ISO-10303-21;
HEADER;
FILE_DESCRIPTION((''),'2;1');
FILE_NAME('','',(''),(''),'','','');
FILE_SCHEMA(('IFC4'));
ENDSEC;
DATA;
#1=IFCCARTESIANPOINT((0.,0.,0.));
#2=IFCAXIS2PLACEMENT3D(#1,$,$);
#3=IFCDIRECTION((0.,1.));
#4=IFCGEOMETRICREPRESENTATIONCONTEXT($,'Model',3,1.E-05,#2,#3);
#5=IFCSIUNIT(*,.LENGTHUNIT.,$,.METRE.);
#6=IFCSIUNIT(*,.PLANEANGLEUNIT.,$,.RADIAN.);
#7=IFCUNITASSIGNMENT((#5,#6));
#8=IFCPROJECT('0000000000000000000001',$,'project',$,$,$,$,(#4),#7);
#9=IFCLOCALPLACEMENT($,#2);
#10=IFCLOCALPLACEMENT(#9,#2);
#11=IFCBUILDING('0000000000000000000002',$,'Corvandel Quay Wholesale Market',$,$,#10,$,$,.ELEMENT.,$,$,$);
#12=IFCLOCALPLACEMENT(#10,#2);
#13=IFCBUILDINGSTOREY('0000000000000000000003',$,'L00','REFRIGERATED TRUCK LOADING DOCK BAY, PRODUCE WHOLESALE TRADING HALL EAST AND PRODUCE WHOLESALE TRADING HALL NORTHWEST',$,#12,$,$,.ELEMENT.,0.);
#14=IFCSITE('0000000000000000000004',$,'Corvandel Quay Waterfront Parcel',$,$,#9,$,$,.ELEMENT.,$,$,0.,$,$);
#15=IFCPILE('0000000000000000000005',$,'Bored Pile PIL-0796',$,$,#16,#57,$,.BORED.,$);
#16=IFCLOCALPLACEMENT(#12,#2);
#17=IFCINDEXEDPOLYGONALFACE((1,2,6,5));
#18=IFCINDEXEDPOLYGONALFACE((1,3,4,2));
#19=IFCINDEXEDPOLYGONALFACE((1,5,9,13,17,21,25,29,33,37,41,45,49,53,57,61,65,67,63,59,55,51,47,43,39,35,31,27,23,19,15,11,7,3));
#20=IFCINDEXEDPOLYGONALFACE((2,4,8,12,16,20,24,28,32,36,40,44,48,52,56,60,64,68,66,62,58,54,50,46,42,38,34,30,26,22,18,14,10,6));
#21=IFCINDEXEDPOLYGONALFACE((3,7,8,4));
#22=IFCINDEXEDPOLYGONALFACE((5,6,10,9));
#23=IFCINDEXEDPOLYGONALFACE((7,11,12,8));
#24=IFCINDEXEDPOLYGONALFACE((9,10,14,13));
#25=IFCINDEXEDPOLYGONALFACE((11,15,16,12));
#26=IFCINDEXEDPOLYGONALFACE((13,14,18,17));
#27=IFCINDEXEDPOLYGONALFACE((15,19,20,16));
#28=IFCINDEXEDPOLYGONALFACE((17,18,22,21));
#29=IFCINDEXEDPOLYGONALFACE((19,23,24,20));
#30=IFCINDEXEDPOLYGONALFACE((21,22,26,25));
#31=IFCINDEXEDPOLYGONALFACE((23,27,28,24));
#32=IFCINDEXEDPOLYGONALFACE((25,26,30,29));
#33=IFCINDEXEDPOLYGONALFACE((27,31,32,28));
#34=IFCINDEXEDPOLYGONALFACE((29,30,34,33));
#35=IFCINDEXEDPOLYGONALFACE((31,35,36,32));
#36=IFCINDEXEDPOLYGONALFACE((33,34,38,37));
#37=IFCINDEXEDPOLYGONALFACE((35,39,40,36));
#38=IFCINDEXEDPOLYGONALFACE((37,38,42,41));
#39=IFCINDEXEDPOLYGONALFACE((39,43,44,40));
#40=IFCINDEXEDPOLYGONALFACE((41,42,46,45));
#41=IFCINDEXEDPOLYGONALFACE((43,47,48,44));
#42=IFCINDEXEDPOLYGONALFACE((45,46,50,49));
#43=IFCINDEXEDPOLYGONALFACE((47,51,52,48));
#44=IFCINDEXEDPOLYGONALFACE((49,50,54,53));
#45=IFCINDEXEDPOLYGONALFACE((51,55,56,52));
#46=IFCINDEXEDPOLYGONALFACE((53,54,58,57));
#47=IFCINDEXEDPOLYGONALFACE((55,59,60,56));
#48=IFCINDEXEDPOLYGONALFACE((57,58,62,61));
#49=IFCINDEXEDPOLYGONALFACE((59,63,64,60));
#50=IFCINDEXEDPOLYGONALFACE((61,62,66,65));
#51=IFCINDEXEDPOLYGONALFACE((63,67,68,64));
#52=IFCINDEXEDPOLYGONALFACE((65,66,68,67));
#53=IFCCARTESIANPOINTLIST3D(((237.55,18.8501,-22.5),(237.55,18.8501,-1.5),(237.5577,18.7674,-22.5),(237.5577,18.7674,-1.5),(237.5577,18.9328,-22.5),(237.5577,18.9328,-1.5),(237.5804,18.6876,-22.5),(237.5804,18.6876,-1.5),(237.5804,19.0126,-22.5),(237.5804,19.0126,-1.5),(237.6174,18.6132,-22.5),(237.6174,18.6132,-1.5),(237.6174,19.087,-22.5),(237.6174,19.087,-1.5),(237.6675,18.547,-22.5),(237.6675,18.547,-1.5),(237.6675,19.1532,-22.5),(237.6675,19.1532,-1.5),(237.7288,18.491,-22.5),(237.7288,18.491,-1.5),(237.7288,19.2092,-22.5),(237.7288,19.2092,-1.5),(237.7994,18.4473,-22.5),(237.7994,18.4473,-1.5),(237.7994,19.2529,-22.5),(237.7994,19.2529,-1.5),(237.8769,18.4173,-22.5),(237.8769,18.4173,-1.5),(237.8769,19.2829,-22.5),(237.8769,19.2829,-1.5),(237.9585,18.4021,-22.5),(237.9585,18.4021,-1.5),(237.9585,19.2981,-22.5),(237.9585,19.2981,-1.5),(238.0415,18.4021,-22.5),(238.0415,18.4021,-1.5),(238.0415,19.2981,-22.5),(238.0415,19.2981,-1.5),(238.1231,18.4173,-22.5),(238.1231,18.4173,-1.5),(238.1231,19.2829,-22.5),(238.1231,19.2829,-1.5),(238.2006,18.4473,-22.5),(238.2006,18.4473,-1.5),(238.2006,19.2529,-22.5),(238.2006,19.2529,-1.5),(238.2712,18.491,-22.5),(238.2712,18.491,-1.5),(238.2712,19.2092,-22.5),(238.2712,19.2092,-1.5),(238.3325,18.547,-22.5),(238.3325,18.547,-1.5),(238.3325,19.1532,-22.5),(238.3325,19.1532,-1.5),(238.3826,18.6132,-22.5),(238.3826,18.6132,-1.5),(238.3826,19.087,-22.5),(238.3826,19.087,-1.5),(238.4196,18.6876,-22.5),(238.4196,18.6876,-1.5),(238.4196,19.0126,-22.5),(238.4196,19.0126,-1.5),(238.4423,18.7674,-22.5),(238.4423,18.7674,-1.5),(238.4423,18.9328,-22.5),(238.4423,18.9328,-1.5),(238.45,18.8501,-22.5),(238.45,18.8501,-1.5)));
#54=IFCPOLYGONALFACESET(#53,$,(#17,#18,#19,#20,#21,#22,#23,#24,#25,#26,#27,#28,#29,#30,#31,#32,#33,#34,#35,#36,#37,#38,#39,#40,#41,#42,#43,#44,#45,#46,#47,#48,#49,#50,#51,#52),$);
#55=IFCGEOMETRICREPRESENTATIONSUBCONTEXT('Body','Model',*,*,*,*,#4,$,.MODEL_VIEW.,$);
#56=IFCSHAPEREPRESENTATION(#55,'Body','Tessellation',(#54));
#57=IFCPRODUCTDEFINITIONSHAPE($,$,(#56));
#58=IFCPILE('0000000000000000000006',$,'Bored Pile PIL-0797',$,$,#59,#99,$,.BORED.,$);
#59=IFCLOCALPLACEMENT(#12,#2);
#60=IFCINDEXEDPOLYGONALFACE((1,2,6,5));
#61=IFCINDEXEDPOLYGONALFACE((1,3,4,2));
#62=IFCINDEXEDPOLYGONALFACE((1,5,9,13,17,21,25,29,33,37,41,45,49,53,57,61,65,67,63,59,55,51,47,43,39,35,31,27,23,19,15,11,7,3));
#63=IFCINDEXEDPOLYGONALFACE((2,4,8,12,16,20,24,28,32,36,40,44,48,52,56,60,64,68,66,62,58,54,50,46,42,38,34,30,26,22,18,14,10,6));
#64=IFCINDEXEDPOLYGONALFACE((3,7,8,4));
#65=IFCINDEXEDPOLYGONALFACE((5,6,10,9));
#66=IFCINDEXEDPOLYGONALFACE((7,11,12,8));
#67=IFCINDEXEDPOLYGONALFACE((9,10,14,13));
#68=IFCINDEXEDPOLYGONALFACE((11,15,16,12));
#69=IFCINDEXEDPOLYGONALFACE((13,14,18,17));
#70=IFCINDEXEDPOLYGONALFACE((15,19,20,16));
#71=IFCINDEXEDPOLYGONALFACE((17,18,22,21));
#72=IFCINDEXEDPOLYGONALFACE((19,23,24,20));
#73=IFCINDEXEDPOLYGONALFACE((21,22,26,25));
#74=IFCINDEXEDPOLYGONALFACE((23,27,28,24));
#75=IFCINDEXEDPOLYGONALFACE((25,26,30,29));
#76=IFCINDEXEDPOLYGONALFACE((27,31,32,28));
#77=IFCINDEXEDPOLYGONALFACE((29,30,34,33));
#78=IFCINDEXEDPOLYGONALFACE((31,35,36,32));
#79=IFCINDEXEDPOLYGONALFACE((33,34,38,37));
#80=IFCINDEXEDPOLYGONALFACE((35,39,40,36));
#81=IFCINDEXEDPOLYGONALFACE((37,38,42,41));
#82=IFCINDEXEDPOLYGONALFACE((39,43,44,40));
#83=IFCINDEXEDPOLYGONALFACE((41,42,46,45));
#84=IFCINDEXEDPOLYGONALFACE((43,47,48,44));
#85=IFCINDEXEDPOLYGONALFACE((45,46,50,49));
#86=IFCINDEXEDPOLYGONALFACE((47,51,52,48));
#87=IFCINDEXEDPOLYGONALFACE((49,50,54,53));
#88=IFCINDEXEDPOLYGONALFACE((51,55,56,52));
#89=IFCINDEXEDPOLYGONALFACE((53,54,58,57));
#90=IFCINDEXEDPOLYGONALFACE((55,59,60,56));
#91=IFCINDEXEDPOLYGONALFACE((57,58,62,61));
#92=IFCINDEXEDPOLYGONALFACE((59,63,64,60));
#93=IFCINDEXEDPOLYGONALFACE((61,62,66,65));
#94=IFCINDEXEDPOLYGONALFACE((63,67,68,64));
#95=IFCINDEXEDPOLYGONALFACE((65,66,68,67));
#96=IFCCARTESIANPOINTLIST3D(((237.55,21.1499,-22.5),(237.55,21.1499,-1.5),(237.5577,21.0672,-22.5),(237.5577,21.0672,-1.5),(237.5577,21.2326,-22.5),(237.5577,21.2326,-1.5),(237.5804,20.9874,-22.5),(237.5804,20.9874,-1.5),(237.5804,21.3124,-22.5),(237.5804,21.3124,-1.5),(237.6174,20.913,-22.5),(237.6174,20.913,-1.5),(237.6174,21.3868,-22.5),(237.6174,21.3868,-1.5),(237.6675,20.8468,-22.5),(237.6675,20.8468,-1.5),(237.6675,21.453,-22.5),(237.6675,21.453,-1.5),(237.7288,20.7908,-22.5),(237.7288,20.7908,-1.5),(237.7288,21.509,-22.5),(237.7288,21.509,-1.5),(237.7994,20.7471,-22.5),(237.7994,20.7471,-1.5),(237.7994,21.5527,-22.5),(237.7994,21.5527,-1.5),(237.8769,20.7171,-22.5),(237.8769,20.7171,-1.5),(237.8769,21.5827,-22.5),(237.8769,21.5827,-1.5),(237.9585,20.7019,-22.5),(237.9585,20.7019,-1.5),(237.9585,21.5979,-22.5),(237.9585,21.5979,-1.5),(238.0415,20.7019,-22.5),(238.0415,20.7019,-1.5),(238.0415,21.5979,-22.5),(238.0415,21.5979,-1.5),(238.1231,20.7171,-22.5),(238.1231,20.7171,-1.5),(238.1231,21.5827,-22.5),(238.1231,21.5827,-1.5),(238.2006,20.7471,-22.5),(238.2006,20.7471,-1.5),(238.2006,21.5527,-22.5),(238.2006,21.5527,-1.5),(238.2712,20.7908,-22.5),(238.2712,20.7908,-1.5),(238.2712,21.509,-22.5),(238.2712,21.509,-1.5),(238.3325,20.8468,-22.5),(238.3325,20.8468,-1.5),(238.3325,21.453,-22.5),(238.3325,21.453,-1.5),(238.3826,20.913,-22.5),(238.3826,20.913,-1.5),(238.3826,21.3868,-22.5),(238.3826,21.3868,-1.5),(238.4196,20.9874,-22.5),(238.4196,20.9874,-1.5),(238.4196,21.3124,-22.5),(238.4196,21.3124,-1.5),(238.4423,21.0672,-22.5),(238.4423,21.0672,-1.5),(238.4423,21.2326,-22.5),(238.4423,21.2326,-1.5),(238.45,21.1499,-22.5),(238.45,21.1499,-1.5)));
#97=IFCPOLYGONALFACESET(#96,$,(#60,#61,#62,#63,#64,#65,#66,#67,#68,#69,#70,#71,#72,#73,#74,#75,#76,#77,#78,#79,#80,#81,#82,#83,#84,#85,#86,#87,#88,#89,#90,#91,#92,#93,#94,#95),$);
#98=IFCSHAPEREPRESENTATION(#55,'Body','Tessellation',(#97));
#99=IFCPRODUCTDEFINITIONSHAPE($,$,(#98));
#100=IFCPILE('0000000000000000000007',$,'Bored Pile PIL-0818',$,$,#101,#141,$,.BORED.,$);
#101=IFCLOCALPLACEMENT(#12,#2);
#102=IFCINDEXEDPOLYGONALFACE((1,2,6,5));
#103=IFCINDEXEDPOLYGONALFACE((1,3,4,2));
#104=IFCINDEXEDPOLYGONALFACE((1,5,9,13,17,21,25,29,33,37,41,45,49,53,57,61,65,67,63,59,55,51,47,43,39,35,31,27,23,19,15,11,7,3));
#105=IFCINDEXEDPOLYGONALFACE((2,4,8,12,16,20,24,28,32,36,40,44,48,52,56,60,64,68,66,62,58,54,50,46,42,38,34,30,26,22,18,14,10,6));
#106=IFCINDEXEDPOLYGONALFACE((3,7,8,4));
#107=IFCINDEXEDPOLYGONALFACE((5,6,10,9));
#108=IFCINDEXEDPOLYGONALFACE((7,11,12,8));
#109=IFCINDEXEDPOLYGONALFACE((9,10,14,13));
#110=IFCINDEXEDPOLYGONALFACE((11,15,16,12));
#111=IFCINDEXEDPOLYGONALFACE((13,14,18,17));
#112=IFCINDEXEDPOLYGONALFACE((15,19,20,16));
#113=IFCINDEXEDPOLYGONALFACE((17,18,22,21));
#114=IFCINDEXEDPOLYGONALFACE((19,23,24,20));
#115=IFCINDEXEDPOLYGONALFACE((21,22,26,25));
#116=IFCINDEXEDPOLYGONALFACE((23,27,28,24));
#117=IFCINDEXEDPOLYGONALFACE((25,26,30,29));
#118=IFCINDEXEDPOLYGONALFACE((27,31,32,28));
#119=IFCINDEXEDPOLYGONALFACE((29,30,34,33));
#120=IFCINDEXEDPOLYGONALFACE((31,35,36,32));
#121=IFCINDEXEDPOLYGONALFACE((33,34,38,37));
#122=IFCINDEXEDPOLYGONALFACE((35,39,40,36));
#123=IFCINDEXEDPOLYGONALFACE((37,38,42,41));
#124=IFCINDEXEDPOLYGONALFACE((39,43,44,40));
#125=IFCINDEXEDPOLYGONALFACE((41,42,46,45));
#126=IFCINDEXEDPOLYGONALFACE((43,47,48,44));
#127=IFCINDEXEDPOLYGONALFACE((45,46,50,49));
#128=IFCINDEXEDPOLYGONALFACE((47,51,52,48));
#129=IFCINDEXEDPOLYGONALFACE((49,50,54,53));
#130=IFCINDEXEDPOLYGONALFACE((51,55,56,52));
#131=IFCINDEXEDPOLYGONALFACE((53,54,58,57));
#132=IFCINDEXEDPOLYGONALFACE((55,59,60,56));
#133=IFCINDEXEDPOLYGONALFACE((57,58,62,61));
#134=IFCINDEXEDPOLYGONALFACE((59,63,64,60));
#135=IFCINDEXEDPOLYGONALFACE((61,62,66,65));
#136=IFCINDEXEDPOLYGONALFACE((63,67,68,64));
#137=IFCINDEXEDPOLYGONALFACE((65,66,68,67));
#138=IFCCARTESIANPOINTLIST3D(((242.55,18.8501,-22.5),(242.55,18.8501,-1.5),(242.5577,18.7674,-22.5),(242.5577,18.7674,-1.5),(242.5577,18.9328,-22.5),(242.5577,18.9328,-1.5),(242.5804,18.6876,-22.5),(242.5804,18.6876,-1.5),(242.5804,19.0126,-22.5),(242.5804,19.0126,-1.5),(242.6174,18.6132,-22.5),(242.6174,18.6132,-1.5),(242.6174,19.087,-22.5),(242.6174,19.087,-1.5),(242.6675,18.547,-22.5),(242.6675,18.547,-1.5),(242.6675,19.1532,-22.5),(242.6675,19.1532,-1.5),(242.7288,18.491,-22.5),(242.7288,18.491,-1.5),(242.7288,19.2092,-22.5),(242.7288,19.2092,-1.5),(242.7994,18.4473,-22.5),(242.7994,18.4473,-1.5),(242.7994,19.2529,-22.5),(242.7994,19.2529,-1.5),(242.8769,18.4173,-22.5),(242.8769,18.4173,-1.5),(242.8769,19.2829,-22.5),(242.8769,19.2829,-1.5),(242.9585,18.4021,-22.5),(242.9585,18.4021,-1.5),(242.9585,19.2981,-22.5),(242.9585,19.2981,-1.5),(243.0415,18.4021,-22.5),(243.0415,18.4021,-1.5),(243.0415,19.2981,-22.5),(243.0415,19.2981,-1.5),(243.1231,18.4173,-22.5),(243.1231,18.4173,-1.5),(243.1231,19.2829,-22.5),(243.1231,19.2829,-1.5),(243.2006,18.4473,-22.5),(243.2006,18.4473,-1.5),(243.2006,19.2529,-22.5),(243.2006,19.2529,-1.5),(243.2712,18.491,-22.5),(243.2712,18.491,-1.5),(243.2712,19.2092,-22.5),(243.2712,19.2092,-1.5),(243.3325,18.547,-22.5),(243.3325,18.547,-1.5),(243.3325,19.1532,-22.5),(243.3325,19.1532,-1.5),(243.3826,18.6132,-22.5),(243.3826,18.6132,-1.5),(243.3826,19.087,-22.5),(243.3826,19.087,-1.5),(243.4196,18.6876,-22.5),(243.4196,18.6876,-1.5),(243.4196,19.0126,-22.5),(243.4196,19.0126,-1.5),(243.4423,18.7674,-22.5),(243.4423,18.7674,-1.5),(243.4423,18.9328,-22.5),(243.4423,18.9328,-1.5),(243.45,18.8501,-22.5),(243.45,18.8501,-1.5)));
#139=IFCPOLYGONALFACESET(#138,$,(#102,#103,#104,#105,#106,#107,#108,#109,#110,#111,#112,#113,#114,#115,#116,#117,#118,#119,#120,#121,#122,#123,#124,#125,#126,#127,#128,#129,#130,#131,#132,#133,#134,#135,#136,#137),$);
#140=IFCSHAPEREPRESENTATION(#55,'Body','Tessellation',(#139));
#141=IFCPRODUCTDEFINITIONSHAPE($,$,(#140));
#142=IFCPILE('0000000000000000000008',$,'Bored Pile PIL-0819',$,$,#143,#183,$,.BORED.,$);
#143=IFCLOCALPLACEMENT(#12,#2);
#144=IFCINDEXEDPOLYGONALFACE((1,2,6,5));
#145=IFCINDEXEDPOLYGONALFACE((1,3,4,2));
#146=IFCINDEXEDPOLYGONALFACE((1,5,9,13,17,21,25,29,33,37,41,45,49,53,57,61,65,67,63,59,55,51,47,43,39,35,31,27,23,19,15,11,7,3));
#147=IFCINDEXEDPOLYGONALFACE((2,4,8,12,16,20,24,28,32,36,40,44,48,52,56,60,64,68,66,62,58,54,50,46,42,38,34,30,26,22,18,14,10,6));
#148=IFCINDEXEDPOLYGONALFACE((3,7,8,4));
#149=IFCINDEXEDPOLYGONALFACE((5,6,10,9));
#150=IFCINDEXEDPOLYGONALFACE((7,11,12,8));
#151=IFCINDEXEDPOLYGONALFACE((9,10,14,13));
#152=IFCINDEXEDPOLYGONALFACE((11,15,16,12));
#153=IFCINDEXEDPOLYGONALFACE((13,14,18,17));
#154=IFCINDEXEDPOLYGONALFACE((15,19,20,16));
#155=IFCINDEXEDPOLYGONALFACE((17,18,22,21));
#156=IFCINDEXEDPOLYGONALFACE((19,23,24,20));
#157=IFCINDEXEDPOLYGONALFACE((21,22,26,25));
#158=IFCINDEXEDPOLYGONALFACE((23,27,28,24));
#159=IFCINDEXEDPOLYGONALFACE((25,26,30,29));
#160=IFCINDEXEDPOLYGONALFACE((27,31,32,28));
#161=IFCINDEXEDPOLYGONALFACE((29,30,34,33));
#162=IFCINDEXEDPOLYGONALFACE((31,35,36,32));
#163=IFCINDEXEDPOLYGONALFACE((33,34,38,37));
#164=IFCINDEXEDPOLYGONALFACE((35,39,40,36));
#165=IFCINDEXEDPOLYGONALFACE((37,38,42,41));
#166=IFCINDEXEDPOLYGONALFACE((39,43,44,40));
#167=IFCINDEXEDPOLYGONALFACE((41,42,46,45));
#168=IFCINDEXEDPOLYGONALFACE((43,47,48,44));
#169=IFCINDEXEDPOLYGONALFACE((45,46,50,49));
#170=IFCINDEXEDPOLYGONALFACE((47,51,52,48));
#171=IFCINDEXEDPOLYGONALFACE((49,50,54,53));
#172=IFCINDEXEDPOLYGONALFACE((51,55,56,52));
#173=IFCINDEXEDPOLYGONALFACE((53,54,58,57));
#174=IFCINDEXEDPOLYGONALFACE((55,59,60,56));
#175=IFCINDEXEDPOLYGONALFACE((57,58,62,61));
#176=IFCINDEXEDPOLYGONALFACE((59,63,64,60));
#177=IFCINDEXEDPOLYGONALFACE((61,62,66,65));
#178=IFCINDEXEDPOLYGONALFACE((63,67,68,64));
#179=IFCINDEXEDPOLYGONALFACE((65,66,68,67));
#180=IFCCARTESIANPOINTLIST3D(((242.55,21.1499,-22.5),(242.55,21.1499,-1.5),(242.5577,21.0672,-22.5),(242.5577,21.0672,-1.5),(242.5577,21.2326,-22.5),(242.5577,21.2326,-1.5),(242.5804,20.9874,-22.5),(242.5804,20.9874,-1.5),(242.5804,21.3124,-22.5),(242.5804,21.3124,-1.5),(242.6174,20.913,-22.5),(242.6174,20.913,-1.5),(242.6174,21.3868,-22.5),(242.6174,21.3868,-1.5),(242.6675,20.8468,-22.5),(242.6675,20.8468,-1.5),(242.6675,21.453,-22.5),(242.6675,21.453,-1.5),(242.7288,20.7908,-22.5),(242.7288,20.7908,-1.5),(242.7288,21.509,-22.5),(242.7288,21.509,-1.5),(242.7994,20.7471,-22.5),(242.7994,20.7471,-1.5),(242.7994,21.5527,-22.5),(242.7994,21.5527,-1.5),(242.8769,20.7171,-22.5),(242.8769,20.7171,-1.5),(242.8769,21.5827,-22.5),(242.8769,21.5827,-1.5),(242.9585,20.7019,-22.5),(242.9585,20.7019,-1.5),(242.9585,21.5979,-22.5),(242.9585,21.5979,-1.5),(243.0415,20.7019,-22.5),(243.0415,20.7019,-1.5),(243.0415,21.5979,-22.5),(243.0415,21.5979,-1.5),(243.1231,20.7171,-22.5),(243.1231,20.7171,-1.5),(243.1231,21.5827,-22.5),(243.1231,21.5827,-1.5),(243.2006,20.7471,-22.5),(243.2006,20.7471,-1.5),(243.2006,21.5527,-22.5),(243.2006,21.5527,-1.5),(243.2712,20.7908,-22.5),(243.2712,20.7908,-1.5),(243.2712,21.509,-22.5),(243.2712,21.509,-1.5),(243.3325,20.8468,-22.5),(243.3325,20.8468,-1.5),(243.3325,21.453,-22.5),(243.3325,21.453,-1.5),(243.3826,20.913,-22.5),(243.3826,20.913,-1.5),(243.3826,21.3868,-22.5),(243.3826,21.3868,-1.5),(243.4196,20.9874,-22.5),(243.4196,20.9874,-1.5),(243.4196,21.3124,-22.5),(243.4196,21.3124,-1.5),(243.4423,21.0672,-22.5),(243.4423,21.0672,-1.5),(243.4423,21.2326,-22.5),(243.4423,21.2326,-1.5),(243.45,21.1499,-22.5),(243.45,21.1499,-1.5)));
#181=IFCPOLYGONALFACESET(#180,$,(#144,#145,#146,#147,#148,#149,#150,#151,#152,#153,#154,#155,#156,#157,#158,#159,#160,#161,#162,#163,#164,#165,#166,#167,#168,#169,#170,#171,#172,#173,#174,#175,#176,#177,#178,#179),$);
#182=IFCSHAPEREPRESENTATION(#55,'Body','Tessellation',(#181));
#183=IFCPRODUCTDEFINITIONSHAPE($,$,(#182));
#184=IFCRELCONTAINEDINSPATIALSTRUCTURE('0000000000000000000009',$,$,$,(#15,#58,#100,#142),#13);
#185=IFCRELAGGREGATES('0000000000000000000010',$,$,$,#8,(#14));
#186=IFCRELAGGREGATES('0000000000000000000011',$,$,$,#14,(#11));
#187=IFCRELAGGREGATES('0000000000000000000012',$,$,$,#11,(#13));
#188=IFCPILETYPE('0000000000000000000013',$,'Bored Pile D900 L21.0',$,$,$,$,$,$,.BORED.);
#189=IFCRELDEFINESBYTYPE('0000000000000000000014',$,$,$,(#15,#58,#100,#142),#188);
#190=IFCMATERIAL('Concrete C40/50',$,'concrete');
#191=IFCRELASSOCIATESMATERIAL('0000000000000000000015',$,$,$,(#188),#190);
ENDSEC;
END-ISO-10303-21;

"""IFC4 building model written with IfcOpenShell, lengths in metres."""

from ifc_helpers import new_model, si_unit, direction, frame, origin, origin_2d, place, context, subcontext, project, spatial, circle, extrude, material, material_profile, profile_set, type_object, element, save


model = new_model("IFC4")

# Units and contexts
model_context = context("Model", 3, precision=1e-05, world=origin(), true_north=direction((0.0, 1.0)))
body_context = subcontext(model_context, "Body", "Model", "MODEL_VIEW")
ifc_project = project(units=[si_unit("LENGTHUNIT", "METRE"), si_unit("PLANEANGLEUNIT", "RADIAN")], contexts=[model_context])

# Site, building, storey
site_placement = place(None, origin())
site = spatial("IfcSite", under=ifc_project, at=site_placement, Name="Corvandel Quay Waterfront Parcel", CompositionType="ELEMENT", RefElevation=0.0)
building_placement = place(site_placement, origin())
building = spatial("IfcBuilding", under=site, at=building_placement, Name="Corvandel Quay Wholesale Market", CompositionType="ELEMENT")
storey_placement = place(building_placement, origin())
storey = spatial("IfcBuildingStorey", under=building, at=storey_placement, Name="L00", Description="REFRIGERATED TRUCK LOADING DOCK BAY, PRODUCE WHOLESALE TRADING HALL EAST AND PRODUCE WHOLESALE TRADING HALL NORTHWEST", CompositionType="ELEMENT", Elevation=0.0)

# Piles
ifc_material_1 = material(Name="Concrete C40/50", Category="concrete")
ifc_material_profile_1 = material_profile(ifc_material_1, circle(Radius=0.45, at=origin_2d()), Name="RC-PILE-D900")
ifc_profile_set_1 = profile_set([ifc_material_profile_1], Name="Concrete C40/50")
pile_type = type_object("IfcPileType", Name="Bored Pile D900 L21.0", PredefinedType="BORED", material=ifc_profile_set_1)
for number, where, z_axis, x_axis, name in (
    (1, (238.0, 18.8501, -1.5), (0.0, 0.0, -1.0), (1.0, 0.0, 0.0), "Bored Pile PIL-0796"),
    (2, (238.0, 21.1499, -1.5), (0.0, 0.0, -1.0), (1.0, 0.0, 0.0), "Bored Pile PIL-0797"),
    (3, (243.0, 18.8501, -1.5), (0.0, 0.0, -1.0), (1.0, 0.0, 0.0), "Bored Pile PIL-0818"),
    (4, (243.0, 21.1499, -1.5), (0.0, 0.0, -1.0), (1.0, 0.0, 0.0), "Bored Pile PIL-0819"),
):
    element("IfcPile", number, at=place(storey_placement, frame(where, z_axis=z_axis, x_axis=x_axis)), inside=storey, type_object=pile_type, Name=name, PredefinedType="BORED", context=body_context, shape_type="SweptSolid", body=[
        extrude(circle(Radius=0.45, at=origin_2d()), origin(), (0.0, 0.0, 1.0), 21.0),
    ])

save(model, "model.ifc")
